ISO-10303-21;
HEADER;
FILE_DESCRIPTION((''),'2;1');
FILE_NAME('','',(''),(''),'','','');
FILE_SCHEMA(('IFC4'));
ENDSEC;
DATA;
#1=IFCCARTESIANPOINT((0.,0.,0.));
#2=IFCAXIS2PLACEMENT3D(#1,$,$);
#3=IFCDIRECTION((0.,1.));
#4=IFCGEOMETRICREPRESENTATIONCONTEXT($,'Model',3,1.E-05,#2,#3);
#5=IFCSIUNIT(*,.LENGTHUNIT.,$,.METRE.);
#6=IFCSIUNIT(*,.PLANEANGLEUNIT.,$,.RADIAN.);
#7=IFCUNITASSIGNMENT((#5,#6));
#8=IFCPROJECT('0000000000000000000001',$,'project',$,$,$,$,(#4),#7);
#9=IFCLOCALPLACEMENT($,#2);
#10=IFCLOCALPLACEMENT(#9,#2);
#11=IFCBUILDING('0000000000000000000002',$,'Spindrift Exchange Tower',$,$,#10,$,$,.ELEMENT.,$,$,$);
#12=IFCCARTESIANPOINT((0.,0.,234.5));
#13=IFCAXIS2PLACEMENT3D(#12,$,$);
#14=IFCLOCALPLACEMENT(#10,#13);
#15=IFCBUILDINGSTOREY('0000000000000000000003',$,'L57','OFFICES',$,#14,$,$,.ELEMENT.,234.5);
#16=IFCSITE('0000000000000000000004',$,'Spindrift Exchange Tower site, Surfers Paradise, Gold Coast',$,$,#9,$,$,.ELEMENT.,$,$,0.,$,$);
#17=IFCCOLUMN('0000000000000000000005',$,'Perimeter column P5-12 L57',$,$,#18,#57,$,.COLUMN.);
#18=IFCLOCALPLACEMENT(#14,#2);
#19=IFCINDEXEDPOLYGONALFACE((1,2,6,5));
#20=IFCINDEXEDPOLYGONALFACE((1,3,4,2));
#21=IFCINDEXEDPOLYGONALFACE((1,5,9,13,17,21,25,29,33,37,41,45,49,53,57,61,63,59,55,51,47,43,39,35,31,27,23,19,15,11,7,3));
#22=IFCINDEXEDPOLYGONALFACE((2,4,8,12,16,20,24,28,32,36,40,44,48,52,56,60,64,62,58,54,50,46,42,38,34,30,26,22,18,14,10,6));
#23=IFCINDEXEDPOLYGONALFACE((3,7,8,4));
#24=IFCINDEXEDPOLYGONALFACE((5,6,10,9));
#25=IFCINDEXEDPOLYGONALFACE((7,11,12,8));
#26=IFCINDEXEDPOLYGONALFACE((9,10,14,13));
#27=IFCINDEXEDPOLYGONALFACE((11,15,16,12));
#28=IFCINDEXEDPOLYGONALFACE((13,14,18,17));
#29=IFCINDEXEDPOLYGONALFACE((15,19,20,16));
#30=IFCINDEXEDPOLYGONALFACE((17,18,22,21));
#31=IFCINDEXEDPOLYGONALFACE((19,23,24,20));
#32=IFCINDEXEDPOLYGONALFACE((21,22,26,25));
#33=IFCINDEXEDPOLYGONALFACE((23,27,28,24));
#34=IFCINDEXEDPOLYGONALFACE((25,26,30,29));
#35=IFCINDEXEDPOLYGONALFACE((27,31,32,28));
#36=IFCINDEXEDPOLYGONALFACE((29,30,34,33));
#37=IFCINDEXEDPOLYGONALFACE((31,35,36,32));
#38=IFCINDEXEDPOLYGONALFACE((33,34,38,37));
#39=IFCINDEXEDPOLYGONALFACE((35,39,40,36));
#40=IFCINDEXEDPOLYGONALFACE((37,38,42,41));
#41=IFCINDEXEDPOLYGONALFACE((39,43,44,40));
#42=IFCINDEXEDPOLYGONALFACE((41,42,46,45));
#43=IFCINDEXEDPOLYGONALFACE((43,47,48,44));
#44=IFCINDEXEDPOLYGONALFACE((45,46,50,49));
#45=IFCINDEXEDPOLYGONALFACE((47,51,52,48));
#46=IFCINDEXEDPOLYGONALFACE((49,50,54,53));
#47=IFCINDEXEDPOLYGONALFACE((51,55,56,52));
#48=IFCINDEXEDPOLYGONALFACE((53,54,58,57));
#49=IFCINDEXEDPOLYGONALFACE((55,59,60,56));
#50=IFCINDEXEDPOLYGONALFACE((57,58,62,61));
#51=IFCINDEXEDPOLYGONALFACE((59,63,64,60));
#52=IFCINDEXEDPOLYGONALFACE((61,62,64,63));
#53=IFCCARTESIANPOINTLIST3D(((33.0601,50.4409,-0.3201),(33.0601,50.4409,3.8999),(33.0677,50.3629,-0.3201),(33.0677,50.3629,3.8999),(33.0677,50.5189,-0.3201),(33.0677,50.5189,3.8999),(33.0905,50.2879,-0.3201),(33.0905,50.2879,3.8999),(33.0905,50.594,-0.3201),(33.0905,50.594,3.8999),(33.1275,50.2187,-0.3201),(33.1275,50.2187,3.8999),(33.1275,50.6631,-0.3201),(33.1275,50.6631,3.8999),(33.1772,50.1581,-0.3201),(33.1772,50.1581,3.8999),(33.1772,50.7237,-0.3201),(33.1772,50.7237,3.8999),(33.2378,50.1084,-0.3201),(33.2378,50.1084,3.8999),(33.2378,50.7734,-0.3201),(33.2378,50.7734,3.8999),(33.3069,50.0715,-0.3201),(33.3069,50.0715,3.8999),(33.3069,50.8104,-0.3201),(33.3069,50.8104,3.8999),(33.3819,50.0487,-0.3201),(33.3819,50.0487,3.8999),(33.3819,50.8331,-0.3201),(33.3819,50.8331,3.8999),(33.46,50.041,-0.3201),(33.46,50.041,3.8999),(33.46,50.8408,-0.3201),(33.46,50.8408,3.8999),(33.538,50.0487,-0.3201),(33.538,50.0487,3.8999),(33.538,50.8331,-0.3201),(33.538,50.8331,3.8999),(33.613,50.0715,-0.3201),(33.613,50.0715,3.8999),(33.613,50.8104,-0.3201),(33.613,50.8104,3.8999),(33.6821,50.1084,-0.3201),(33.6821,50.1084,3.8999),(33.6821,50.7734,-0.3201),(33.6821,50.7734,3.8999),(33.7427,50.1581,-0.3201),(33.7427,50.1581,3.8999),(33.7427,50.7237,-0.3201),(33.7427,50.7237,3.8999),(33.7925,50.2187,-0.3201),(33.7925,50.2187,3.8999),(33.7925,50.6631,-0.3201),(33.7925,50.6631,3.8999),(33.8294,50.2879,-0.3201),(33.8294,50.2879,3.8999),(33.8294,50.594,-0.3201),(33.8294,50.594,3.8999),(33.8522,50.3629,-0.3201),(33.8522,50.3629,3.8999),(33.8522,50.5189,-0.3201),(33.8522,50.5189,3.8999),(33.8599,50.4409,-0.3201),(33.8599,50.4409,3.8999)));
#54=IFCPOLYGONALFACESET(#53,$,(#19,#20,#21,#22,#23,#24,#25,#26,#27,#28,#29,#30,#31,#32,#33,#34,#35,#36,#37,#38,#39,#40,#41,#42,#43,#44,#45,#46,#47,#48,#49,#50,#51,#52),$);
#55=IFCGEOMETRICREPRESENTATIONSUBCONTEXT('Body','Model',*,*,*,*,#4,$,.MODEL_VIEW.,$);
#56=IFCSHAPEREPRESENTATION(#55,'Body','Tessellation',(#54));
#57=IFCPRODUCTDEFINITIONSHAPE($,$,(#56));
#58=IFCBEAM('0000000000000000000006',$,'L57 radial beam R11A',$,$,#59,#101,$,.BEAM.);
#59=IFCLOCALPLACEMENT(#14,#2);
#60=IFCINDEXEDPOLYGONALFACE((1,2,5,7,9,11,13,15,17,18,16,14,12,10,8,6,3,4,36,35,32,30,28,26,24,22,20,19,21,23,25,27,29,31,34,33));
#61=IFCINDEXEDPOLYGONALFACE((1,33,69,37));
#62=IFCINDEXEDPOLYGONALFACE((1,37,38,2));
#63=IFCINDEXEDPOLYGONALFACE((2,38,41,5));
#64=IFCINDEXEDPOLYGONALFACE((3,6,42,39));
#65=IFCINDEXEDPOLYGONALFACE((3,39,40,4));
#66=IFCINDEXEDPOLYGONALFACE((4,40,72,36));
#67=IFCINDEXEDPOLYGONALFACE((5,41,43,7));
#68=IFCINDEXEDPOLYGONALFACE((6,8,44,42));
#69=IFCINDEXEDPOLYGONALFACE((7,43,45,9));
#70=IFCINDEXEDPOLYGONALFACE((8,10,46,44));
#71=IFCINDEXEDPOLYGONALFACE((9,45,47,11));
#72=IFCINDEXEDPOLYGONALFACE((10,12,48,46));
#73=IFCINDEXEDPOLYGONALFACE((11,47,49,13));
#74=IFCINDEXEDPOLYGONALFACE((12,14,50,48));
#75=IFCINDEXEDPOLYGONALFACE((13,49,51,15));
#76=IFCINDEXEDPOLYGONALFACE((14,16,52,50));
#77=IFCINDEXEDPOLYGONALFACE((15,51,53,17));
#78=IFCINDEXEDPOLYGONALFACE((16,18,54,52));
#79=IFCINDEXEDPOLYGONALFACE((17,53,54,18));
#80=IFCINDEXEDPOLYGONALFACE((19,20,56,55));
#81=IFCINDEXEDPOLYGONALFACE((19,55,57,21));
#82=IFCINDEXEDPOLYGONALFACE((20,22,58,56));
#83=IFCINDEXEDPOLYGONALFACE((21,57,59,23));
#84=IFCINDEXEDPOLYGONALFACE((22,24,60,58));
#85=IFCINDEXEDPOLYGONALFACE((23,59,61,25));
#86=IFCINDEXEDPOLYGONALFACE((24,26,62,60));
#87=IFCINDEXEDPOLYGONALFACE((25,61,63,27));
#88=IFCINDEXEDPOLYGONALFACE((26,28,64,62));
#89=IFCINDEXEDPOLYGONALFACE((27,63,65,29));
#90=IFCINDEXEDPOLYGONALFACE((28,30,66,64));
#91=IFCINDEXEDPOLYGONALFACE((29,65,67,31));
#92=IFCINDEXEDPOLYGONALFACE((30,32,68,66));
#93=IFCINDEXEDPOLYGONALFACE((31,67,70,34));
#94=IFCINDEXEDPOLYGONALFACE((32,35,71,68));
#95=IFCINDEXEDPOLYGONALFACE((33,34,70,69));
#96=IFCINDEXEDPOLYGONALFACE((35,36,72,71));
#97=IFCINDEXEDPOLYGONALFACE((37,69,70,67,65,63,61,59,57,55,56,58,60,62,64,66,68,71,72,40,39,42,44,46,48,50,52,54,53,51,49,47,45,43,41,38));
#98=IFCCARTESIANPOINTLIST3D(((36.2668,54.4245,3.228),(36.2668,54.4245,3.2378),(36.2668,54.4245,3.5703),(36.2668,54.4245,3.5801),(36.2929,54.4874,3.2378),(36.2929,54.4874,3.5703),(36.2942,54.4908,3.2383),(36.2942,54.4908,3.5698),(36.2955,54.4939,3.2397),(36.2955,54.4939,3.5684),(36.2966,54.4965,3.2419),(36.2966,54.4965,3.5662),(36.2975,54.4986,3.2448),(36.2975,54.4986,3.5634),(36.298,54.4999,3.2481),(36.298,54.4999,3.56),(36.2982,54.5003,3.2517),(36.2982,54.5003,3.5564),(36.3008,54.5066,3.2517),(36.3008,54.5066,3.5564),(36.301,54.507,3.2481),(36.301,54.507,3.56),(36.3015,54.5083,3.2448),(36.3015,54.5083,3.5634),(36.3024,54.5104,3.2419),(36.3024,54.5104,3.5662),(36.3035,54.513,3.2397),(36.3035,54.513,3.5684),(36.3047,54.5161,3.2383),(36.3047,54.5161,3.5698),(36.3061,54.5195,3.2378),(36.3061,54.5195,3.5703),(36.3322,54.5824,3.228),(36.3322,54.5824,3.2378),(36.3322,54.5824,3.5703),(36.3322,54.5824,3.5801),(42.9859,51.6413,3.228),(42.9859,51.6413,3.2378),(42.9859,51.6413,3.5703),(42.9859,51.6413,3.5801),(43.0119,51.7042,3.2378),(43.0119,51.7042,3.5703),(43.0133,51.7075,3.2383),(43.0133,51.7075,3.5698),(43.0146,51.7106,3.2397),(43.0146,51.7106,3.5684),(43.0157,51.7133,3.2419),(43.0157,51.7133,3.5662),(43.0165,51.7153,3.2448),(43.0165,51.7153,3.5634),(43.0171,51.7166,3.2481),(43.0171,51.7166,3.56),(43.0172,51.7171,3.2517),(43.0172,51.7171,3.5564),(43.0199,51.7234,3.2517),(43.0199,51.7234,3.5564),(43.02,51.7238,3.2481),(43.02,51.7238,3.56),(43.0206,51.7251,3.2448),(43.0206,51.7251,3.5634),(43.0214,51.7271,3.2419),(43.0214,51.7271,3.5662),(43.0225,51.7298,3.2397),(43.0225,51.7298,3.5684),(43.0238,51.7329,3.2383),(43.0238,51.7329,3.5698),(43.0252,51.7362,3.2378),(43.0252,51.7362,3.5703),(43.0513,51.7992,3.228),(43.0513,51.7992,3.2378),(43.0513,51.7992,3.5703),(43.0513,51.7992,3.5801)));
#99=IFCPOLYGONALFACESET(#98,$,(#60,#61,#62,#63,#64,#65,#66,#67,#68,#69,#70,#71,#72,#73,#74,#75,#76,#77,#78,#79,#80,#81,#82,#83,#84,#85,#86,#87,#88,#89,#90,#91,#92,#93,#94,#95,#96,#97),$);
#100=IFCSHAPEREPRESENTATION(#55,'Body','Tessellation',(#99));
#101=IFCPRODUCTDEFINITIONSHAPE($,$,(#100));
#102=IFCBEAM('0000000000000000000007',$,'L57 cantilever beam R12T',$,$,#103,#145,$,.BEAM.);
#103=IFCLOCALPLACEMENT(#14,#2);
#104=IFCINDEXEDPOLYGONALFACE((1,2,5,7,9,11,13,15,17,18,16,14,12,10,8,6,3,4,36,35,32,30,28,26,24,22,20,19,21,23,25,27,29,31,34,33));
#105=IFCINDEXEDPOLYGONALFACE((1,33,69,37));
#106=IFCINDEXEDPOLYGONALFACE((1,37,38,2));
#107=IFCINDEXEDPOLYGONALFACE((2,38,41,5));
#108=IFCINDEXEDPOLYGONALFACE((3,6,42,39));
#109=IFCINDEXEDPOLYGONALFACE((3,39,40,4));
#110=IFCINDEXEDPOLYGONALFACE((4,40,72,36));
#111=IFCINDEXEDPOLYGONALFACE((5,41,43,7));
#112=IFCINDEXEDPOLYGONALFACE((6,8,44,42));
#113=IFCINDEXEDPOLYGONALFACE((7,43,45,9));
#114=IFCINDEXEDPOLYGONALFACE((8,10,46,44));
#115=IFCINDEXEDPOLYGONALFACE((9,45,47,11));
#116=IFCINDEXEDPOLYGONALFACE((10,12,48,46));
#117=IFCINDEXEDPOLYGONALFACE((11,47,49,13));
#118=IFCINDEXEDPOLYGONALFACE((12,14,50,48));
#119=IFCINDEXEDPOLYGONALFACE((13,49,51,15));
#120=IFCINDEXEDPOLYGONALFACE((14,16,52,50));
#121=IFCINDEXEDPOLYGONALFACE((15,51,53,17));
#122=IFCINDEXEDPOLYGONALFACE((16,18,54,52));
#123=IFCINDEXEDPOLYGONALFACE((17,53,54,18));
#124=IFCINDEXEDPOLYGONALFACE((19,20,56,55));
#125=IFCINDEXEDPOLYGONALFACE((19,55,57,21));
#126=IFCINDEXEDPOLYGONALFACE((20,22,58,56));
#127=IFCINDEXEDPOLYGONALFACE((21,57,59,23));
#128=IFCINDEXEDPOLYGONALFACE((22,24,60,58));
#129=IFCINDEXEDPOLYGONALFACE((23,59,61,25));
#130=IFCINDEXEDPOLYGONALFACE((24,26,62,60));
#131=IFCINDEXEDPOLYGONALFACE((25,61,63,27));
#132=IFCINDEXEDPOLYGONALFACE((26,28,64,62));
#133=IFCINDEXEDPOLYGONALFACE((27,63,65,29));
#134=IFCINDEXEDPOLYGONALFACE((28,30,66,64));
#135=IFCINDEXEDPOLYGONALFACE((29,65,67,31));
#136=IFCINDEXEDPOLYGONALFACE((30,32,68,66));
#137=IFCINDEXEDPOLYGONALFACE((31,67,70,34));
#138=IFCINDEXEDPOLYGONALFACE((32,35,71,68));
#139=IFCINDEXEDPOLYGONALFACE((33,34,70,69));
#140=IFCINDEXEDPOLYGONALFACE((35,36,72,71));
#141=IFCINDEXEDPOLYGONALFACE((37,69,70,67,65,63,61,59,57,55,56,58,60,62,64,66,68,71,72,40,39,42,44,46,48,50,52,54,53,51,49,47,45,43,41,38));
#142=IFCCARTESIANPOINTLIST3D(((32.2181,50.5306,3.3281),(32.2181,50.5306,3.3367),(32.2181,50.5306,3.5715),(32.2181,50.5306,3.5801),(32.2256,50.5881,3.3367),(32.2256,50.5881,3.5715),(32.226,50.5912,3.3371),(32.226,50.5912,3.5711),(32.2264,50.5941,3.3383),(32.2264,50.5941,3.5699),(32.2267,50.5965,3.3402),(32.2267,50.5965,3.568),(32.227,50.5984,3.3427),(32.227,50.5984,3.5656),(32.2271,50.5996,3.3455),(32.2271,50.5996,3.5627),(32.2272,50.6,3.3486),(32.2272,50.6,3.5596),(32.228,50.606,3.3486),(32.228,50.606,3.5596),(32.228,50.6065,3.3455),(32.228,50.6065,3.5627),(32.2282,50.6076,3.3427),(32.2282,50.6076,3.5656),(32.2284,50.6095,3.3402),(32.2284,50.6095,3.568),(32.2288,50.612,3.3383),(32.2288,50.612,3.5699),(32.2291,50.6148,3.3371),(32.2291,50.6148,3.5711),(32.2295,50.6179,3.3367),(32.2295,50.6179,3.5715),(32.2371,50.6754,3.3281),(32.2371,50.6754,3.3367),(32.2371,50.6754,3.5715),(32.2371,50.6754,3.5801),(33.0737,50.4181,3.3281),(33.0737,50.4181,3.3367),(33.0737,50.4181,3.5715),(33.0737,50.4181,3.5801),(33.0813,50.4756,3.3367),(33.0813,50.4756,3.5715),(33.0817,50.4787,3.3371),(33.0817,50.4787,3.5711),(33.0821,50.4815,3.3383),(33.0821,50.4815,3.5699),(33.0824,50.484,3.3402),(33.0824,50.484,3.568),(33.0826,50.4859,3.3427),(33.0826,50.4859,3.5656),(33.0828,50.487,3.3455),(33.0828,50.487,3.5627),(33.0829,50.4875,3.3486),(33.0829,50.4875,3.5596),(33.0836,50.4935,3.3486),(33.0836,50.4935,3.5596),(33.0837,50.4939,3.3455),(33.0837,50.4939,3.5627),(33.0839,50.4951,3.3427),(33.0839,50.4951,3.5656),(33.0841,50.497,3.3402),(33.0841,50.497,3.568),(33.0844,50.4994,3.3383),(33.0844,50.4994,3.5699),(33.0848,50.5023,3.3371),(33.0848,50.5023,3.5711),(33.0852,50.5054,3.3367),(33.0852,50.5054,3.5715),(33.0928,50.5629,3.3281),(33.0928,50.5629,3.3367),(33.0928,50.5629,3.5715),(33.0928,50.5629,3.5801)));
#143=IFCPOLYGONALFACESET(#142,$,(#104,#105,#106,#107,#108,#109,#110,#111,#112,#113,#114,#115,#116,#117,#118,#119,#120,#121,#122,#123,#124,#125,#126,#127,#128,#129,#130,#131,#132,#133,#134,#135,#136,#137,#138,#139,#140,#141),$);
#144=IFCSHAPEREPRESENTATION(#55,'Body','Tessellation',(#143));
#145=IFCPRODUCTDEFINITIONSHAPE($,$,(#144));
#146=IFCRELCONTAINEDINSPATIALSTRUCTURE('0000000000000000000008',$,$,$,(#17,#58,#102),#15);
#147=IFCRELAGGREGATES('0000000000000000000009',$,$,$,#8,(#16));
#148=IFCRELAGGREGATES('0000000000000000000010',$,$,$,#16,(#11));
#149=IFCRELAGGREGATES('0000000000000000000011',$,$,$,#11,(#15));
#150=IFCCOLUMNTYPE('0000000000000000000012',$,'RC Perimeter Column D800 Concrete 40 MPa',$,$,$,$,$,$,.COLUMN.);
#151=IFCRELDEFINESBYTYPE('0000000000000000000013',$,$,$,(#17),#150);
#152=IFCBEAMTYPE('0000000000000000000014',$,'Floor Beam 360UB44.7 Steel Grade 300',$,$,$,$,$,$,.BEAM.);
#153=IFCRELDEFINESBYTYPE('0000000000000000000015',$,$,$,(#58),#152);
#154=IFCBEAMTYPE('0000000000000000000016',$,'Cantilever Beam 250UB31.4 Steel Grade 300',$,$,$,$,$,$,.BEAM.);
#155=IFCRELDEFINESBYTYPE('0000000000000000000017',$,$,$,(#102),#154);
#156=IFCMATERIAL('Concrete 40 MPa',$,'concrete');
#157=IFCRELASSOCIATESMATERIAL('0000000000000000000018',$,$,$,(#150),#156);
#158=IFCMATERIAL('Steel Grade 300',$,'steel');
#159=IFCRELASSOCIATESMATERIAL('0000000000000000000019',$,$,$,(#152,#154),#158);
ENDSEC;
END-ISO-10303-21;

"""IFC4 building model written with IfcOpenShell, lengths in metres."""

from ifc_helpers import new_model, si_unit, direction, frame, origin, origin_2d, place, context, subcontext, project, spatial, circle, i_section, extrude, source, transform, mapped, material, material_profile, profile_set, type_object, element, save


model = new_model("IFC4")

# Units and contexts
model_context = context("Model", 3, precision=1e-05, world=origin(), true_north=direction((0.0, 1.0)))
body_context = subcontext(model_context, "Body", "Model", "MODEL_VIEW")
ifc_project = project(units=[si_unit("LENGTHUNIT", "METRE"), si_unit("PLANEANGLEUNIT", "RADIAN")], contexts=[model_context])

# Site, building, storey
site_placement = place(None, origin())
site = spatial("IfcSite", under=ifc_project, at=site_placement, Name="Spindrift Exchange Tower site, Surfers Paradise, Gold Coast", CompositionType="ELEMENT", RefElevation=0.0)
building_placement = place(site_placement, origin())
building = spatial("IfcBuilding", under=site, at=building_placement, Name="Spindrift Exchange Tower", CompositionType="ELEMENT")
storey_placement = place(building_placement, frame((0.0, 0.0, 234.5)))
storey = spatial("IfcBuildingStorey", under=building, at=storey_placement, Name="L57", Description="OFFICES", CompositionType="ELEMENT", Elevation=234.5)

# Column
ifc_material_1 = material(Name="Concrete 40 MPa", Category="concrete")
ifc_material_profile_1 = material_profile(ifc_material_1, circle(Radius=0.3999, at=origin_2d()), Name="RC D800")
ifc_profile_set_1 = profile_set([ifc_material_profile_1], Name="Concrete 40 MPa")
column_type = type_object("IfcColumnType", Name="RC Perimeter Column D800 Concrete 40 MPa", PredefinedType="COLUMN", material=ifc_profile_set_1)
shared_shape_1 = source(origin(), body_context, "Body", "SweptSolid", [
    extrude(circle(Radius=0.3999, at=origin_2d()), origin(), (0.0, 0.0, 1.0), 4.22),
])
column_placement = place(storey_placement, frame((33.46, 50.4409, -0.3201), z_axis=(0.0, 0.0, 1.0), x_axis=(1.0, 0.0, 0.0)))
element("IfcColumn", 1, at=column_placement, inside=storey, type_object=column_type, Name="Perimeter column P5-12 L57", PredefinedType="COLUMN", context=body_context, shape_type="MappedRepresentation", body=[
    mapped(shared_shape_1, transform((0.0, 0.0, 0.0), scale=1.0)),
])

# Beams
ifc_material_2 = material(Name="Steel Grade 300", Category="steel")
ifc_material_profile_2 = material_profile(ifc_material_2, i_section(OverallWidth=0.1709, OverallDepth=0.3521, WebThickness=0.0068, FlangeThickness=0.0098, FilletRadius=0.0139, at=origin_2d()), Name="360UB44.7")
ifc_profile_set_2 = profile_set([ifc_material_profile_2], Name="Steel Grade 300")
beam_type_1 = type_object("IfcBeamType", Name="Floor Beam 360UB44.7 Steel Grade 300", PredefinedType="BEAM", material=ifc_profile_set_2)
shared_shape_2 = source(origin(), body_context, "Body", "SweptSolid", [
    extrude(i_section(OverallWidth=0.1709, OverallDepth=0.3521, WebThickness=0.0068, FlangeThickness=0.0098, FilletRadius=0.0139, at=origin_2d()), origin(), (0.0, 0.0, 1.0), 7.2727),
])
beam_1_placement = place(storey_placement, frame((43.0186, 51.7202, 3.4041), z_axis=(-0.923874, 0.382696, 0.0), x_axis=(-0.382696, -0.923874, 0.0)))
element("IfcBeam", 2, at=beam_1_placement, inside=storey, type_object=beam_type_1, Name="L57 radial beam R11A", PredefinedType="BEAM", context=body_context, shape_type="MappedRepresentation", body=[
    mapped(shared_shape_2, transform((0.0, 0.0, 0.0), scale=1.0)),
])
ifc_material_profile_3 = material_profile(ifc_material_2, i_section(OverallWidth=0.146, OverallDepth=0.252, WebThickness=0.0061, FlangeThickness=0.0085, FilletRadius=0.012, at=origin_2d()), Name="250UB31.4")
ifc_profile_set_3 = profile_set([ifc_material_profile_3], Name="Steel Grade 300")
beam_type_2 = type_object("IfcBeamType", Name="Cantilever Beam 250UB31.4 Steel Grade 300", PredefinedType="BEAM", material=ifc_profile_set_3)
shared_shape_3 = source(origin(), body_context, "Body", "SweptSolid", [
    extrude(i_section(OverallWidth=0.146, OverallDepth=0.252, WebThickness=0.0061, FlangeThickness=0.0085, FilletRadius=0.012, at=origin_2d()), origin(), (0.0, 0.0, 1.0), 0.863),
])
beam_2_placement = place(storey_placement, frame((33.0833, 50.4905, 3.4541), z_axis=(-0.991461, 0.130403, 0.0), x_axis=(-0.130403, -0.991461, 0.0)))
element("IfcBeam", 3, at=beam_2_placement, inside=storey, type_object=beam_type_2, Name="L57 cantilever beam R12T", PredefinedType="BEAM", context=body_context, shape_type="MappedRepresentation", body=[
    mapped(shared_shape_3, transform((0.0, 0.0, 0.0), scale=1.0)),
])

save(model, "model.ifc")
